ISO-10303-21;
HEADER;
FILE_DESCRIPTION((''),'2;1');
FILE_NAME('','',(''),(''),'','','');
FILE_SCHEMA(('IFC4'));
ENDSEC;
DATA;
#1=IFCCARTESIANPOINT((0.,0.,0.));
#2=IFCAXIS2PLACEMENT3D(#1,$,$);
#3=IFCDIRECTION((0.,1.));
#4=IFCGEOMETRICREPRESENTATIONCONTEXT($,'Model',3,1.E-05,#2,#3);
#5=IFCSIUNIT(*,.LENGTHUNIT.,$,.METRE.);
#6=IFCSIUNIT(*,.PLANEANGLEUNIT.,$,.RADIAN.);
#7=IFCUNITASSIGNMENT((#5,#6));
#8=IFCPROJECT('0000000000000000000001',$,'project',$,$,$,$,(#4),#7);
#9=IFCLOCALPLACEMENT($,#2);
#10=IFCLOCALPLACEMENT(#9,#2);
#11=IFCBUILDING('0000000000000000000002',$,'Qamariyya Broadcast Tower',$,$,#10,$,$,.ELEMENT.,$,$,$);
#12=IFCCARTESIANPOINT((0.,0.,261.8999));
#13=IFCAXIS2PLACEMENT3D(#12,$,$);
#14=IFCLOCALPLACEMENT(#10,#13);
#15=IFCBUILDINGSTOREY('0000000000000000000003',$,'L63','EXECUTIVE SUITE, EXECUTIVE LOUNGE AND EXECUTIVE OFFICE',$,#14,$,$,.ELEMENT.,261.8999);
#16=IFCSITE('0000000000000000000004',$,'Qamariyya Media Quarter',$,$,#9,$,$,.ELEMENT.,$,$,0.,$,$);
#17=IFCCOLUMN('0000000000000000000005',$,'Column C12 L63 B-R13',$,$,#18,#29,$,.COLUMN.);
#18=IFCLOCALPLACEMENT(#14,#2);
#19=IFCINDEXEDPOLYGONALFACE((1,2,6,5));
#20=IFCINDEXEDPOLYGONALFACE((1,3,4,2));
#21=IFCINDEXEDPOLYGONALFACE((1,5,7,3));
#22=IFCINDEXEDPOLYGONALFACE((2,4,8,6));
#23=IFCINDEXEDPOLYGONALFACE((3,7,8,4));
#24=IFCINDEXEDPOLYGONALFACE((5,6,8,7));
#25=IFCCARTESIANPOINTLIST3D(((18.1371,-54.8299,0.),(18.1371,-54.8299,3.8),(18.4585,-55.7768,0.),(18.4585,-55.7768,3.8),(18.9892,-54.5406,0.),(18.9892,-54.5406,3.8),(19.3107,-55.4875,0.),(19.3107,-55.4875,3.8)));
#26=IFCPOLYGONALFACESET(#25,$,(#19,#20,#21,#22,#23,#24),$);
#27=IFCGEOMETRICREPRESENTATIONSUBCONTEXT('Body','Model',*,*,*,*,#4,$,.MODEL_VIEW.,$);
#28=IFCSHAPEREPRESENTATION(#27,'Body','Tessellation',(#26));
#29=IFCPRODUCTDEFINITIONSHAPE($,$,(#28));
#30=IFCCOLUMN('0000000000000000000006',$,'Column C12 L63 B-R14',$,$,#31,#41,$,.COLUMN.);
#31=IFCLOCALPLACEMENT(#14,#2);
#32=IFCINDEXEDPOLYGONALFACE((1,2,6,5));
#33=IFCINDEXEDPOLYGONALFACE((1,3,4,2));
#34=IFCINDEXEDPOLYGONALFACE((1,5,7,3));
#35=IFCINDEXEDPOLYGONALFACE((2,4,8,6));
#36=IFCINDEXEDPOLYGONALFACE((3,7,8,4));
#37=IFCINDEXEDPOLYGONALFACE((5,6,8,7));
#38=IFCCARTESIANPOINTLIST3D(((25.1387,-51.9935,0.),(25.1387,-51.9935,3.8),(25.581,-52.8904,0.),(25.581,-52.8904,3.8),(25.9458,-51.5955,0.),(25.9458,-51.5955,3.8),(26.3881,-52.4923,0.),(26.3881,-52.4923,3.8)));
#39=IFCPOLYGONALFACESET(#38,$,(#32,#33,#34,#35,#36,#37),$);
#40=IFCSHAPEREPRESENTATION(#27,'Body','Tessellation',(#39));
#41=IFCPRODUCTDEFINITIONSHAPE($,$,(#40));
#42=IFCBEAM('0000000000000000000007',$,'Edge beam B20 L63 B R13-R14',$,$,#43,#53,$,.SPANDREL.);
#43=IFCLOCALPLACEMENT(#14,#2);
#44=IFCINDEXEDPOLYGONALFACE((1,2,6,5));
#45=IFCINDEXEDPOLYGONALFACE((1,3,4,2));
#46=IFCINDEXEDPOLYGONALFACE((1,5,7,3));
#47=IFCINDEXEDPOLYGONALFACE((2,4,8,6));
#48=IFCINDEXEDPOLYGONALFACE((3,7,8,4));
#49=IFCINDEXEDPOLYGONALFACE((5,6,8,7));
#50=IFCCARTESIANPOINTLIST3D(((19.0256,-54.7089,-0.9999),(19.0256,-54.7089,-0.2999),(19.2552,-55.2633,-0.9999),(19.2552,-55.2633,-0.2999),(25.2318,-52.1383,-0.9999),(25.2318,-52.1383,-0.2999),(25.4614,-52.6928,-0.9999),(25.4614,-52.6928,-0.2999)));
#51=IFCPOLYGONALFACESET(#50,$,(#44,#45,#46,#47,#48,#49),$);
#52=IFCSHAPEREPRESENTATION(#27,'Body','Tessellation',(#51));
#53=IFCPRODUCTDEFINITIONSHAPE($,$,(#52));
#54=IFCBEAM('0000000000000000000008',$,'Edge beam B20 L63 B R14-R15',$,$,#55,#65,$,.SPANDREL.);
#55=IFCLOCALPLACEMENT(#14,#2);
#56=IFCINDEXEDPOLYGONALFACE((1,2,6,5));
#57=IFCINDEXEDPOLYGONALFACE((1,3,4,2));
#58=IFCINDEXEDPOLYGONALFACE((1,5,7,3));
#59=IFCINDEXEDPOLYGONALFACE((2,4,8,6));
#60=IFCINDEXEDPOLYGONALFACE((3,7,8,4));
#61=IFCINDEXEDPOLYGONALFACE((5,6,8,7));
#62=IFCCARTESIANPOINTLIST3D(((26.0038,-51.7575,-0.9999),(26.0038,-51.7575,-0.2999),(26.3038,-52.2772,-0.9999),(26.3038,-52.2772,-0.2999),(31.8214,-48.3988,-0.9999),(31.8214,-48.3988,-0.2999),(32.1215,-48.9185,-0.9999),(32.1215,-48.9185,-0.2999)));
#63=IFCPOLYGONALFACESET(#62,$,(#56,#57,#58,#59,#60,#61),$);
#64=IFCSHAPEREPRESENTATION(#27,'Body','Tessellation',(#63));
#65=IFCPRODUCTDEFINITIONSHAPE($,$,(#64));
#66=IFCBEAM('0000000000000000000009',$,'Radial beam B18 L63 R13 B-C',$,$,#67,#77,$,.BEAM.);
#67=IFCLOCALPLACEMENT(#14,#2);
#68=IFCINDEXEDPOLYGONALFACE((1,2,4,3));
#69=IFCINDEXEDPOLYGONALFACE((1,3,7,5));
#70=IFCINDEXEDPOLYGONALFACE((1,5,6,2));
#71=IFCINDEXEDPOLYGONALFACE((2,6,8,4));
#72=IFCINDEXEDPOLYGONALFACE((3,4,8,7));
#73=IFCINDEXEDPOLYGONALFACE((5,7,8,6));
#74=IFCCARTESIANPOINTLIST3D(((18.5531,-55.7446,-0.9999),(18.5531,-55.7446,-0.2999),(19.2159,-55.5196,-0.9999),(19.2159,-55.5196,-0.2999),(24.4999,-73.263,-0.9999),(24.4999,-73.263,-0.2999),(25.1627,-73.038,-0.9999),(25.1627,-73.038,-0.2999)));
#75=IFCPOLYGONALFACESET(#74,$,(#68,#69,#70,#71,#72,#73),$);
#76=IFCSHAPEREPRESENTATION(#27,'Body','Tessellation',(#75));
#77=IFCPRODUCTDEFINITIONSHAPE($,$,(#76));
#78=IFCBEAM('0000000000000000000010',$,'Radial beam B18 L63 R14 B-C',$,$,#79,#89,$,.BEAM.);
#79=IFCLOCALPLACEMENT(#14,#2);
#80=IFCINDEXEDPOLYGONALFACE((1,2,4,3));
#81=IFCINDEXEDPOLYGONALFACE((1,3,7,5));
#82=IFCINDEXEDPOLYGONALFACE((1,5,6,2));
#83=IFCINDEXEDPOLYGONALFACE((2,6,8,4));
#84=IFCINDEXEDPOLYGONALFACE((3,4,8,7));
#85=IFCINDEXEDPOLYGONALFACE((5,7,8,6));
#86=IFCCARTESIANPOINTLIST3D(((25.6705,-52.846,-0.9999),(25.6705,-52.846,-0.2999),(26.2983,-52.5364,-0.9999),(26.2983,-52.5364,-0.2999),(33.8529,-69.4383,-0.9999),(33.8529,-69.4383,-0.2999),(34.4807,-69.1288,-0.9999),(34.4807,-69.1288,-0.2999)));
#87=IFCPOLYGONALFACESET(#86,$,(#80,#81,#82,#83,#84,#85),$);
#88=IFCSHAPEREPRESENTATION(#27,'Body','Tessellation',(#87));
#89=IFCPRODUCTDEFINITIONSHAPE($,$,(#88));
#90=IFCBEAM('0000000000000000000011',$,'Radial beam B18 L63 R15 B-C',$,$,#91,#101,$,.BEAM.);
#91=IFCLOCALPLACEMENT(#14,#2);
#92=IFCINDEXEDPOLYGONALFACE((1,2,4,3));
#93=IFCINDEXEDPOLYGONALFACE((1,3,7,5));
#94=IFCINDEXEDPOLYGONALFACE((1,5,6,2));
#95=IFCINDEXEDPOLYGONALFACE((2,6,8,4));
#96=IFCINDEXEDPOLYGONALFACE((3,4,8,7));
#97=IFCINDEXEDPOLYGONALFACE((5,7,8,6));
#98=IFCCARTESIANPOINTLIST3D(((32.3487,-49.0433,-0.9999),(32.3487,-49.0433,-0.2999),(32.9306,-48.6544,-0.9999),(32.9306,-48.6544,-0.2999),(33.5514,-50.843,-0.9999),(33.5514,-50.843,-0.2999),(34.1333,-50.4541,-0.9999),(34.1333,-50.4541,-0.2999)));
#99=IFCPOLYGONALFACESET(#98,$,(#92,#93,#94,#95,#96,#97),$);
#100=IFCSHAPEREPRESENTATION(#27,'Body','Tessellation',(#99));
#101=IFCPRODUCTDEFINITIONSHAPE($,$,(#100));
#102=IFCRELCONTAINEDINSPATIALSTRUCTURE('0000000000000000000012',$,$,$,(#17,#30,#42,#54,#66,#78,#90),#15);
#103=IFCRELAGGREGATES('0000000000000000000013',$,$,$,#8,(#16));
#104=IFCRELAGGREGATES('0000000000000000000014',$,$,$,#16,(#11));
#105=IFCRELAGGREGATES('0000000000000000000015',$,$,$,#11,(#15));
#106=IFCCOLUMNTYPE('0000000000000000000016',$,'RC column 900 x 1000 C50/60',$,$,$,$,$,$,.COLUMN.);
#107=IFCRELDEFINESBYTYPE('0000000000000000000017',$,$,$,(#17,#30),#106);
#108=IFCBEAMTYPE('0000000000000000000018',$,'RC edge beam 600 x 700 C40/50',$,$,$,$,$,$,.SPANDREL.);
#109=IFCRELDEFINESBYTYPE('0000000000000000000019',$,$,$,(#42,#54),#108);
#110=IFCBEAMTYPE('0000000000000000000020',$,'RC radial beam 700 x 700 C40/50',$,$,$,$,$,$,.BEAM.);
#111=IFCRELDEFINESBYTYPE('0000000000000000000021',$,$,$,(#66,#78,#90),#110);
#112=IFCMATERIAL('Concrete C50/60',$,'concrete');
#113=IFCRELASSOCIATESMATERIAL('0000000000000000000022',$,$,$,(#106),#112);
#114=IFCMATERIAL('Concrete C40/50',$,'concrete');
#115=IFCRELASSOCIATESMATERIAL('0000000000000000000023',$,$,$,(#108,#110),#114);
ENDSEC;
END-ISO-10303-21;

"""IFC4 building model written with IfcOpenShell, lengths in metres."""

from ifc_helpers import new_model, si_unit, direction, frame, origin, origin_2d, place, context, subcontext, project, spatial, rectangle, extrude, material, material_profile, profile_set, type_object, element, save


model = new_model("IFC4")

# Units and contexts
model_context = context("Model", 3, precision=1e-05, world=origin(), true_north=direction((0.0, 1.0)))
body_context = subcontext(model_context, "Body", "Model", "MODEL_VIEW")
ifc_project = project(units=[si_unit("LENGTHUNIT", "METRE"), si_unit("PLANEANGLEUNIT", "RADIAN")], contexts=[model_context])

# Site, building, storey
site_placement = place(None, origin())
site = spatial("IfcSite", under=ifc_project, at=site_placement, Name="Qamariyya Media Quarter", CompositionType="ELEMENT", RefElevation=0.0)
building_placement = place(site_placement, origin())
building = spatial("IfcBuilding", under=site, at=building_placement, Name="Qamariyya Broadcast Tower", CompositionType="ELEMENT")
storey_placement = place(building_placement, frame((0.0, 0.0, 261.8999)))
storey = spatial("IfcBuildingStorey", under=building, at=storey_placement, Name="L63", Description="EXECUTIVE SUITE, EXECUTIVE LOUNGE AND EXECUTIVE OFFICE", CompositionType="ELEMENT", Elevation=261.8999)

# Columns
ifc_material_1 = material(Name="Concrete C50/60", Category="concrete")
ifc_material_profile_1 = material_profile(ifc_material_1, rectangle(XDim=0.8999, YDim=1.0, at=origin_2d()))
ifc_profile_set_1 = profile_set([ifc_material_profile_1], Name="Concrete C50/60")
column_type = type_object("IfcColumnType", Name="RC column 900 x 1000 C50/60", PredefinedType="COLUMN", material=ifc_profile_set_1)
for number, where, z_axis, x_axis, name in (
    (1, (18.7239, -55.1587, 0.0), (0.0, 0.0, 1.0), (0.94693, 0.321439, 0.0), "Column C12 L63 B-R13"),
    (2, (25.7634, -52.2429, 0.0), (0.0, 0.0, 1.0), (0.896873, 0.442289, 0.0), "Column C12 L63 B-R14"),
):
    element("IfcColumn", number, at=place(storey_placement, frame(where, z_axis=z_axis, x_axis=x_axis)), inside=storey, type_object=column_type, Name=name, PredefinedType="COLUMN", context=body_context, shape_type="SweptSolid", body=[
        extrude(rectangle(XDim=0.8999, YDim=1.0, at=origin_2d()), origin(), (0.0, 0.0, 1.0), 3.8),
    ])

# Beams
ifc_material_2 = material(Name="Concrete C40/50", Category="concrete")
ifc_material_profile_2 = material_profile(ifc_material_2, rectangle(XDim=0.6001, YDim=0.7, at=origin_2d()))
ifc_profile_set_2 = profile_set([ifc_material_profile_2], Name="Concrete C40/50")
beam_type_1 = type_object("IfcBeamType", Name="RC edge beam 600 x 700 C40/50", PredefinedType="SPANDREL", material=ifc_profile_set_2)
for number, where, z_axis, x_axis, name in (
    (3, (19.1404, -54.9861, -0.6499), (0.923889, 0.382661, 0.0), (-0.382661, 0.923889, 0.0), "Edge beam B20 L63 B R13-R14"),
    (4, (26.1538, -52.0173, -0.6499), (0.866036, 0.499981, 0.0), (-0.499981, 0.866036, 0.0), "Edge beam B20 L63 B R14-R15"),
):
    element("IfcBeam", number, at=place(storey_placement, frame(where, z_axis=z_axis, x_axis=x_axis)), inside=storey, type_object=beam_type_1, Name=name, PredefinedType="SPANDREL", context=body_context, shape_type="SweptSolid", body=[
        extrude(rectangle(XDim=0.6001, YDim=0.7, at=origin_2d()), origin(), (0.0, 0.0, 1.0), 6.7175),
    ])
ifc_material_profile_3 = material_profile(ifc_material_2, rectangle(XDim=0.7, YDim=0.7, at=origin_2d()))
ifc_profile_set_3 = profile_set([ifc_material_profile_3], Name="Concrete C40/50")
beam_type_2 = type_object("IfcBeamType", Name="RC radial beam 700 x 700 C40/50", PredefinedType="BEAM", material=ifc_profile_set_3)
for number, where, z_axis, x_axis, name in (
    (5, (18.8845, -55.6321, -0.6499), (0.321445, -0.946928, 0.0), (0.946928, 0.321445, 0.0), "Radial beam B18 L63 R13 B-C"),
    (6, (25.9844, -52.6912, -0.6499), (0.442287, -0.896874, 0.0), (0.896874, 0.442287, 0.0), "Radial beam B18 L63 R14 B-C"),
):
    element("IfcBeam", number, at=place(storey_placement, frame(where, z_axis=z_axis, x_axis=x_axis)), inside=storey, type_object=beam_type_2, Name=name, PredefinedType="BEAM", context=body_context, shape_type="SweptSolid", body=[
        extrude(rectangle(XDim=0.7, YDim=0.7, at=origin_2d()), origin(), (0.0, 0.0, 1.0), 18.5002),
    ])
beam_placement = place(storey_placement, frame((32.6396, -48.8489, -0.6499), z_axis=(0.555637, -0.831425, 0.0), x_axis=(0.831425, 0.555637, 0.0)))
element("IfcBeam", 7, at=beam_placement, inside=storey, type_object=beam_type_2, Name="Radial beam B18 L63 R15 B-C", PredefinedType="BEAM", context=body_context, shape_type="SweptSolid", body=[
    extrude(rectangle(XDim=0.7, YDim=0.7, at=origin_2d()), origin(), (0.0, 0.0, 1.0), 2.1646),
])

save(model, "model.ifc")
